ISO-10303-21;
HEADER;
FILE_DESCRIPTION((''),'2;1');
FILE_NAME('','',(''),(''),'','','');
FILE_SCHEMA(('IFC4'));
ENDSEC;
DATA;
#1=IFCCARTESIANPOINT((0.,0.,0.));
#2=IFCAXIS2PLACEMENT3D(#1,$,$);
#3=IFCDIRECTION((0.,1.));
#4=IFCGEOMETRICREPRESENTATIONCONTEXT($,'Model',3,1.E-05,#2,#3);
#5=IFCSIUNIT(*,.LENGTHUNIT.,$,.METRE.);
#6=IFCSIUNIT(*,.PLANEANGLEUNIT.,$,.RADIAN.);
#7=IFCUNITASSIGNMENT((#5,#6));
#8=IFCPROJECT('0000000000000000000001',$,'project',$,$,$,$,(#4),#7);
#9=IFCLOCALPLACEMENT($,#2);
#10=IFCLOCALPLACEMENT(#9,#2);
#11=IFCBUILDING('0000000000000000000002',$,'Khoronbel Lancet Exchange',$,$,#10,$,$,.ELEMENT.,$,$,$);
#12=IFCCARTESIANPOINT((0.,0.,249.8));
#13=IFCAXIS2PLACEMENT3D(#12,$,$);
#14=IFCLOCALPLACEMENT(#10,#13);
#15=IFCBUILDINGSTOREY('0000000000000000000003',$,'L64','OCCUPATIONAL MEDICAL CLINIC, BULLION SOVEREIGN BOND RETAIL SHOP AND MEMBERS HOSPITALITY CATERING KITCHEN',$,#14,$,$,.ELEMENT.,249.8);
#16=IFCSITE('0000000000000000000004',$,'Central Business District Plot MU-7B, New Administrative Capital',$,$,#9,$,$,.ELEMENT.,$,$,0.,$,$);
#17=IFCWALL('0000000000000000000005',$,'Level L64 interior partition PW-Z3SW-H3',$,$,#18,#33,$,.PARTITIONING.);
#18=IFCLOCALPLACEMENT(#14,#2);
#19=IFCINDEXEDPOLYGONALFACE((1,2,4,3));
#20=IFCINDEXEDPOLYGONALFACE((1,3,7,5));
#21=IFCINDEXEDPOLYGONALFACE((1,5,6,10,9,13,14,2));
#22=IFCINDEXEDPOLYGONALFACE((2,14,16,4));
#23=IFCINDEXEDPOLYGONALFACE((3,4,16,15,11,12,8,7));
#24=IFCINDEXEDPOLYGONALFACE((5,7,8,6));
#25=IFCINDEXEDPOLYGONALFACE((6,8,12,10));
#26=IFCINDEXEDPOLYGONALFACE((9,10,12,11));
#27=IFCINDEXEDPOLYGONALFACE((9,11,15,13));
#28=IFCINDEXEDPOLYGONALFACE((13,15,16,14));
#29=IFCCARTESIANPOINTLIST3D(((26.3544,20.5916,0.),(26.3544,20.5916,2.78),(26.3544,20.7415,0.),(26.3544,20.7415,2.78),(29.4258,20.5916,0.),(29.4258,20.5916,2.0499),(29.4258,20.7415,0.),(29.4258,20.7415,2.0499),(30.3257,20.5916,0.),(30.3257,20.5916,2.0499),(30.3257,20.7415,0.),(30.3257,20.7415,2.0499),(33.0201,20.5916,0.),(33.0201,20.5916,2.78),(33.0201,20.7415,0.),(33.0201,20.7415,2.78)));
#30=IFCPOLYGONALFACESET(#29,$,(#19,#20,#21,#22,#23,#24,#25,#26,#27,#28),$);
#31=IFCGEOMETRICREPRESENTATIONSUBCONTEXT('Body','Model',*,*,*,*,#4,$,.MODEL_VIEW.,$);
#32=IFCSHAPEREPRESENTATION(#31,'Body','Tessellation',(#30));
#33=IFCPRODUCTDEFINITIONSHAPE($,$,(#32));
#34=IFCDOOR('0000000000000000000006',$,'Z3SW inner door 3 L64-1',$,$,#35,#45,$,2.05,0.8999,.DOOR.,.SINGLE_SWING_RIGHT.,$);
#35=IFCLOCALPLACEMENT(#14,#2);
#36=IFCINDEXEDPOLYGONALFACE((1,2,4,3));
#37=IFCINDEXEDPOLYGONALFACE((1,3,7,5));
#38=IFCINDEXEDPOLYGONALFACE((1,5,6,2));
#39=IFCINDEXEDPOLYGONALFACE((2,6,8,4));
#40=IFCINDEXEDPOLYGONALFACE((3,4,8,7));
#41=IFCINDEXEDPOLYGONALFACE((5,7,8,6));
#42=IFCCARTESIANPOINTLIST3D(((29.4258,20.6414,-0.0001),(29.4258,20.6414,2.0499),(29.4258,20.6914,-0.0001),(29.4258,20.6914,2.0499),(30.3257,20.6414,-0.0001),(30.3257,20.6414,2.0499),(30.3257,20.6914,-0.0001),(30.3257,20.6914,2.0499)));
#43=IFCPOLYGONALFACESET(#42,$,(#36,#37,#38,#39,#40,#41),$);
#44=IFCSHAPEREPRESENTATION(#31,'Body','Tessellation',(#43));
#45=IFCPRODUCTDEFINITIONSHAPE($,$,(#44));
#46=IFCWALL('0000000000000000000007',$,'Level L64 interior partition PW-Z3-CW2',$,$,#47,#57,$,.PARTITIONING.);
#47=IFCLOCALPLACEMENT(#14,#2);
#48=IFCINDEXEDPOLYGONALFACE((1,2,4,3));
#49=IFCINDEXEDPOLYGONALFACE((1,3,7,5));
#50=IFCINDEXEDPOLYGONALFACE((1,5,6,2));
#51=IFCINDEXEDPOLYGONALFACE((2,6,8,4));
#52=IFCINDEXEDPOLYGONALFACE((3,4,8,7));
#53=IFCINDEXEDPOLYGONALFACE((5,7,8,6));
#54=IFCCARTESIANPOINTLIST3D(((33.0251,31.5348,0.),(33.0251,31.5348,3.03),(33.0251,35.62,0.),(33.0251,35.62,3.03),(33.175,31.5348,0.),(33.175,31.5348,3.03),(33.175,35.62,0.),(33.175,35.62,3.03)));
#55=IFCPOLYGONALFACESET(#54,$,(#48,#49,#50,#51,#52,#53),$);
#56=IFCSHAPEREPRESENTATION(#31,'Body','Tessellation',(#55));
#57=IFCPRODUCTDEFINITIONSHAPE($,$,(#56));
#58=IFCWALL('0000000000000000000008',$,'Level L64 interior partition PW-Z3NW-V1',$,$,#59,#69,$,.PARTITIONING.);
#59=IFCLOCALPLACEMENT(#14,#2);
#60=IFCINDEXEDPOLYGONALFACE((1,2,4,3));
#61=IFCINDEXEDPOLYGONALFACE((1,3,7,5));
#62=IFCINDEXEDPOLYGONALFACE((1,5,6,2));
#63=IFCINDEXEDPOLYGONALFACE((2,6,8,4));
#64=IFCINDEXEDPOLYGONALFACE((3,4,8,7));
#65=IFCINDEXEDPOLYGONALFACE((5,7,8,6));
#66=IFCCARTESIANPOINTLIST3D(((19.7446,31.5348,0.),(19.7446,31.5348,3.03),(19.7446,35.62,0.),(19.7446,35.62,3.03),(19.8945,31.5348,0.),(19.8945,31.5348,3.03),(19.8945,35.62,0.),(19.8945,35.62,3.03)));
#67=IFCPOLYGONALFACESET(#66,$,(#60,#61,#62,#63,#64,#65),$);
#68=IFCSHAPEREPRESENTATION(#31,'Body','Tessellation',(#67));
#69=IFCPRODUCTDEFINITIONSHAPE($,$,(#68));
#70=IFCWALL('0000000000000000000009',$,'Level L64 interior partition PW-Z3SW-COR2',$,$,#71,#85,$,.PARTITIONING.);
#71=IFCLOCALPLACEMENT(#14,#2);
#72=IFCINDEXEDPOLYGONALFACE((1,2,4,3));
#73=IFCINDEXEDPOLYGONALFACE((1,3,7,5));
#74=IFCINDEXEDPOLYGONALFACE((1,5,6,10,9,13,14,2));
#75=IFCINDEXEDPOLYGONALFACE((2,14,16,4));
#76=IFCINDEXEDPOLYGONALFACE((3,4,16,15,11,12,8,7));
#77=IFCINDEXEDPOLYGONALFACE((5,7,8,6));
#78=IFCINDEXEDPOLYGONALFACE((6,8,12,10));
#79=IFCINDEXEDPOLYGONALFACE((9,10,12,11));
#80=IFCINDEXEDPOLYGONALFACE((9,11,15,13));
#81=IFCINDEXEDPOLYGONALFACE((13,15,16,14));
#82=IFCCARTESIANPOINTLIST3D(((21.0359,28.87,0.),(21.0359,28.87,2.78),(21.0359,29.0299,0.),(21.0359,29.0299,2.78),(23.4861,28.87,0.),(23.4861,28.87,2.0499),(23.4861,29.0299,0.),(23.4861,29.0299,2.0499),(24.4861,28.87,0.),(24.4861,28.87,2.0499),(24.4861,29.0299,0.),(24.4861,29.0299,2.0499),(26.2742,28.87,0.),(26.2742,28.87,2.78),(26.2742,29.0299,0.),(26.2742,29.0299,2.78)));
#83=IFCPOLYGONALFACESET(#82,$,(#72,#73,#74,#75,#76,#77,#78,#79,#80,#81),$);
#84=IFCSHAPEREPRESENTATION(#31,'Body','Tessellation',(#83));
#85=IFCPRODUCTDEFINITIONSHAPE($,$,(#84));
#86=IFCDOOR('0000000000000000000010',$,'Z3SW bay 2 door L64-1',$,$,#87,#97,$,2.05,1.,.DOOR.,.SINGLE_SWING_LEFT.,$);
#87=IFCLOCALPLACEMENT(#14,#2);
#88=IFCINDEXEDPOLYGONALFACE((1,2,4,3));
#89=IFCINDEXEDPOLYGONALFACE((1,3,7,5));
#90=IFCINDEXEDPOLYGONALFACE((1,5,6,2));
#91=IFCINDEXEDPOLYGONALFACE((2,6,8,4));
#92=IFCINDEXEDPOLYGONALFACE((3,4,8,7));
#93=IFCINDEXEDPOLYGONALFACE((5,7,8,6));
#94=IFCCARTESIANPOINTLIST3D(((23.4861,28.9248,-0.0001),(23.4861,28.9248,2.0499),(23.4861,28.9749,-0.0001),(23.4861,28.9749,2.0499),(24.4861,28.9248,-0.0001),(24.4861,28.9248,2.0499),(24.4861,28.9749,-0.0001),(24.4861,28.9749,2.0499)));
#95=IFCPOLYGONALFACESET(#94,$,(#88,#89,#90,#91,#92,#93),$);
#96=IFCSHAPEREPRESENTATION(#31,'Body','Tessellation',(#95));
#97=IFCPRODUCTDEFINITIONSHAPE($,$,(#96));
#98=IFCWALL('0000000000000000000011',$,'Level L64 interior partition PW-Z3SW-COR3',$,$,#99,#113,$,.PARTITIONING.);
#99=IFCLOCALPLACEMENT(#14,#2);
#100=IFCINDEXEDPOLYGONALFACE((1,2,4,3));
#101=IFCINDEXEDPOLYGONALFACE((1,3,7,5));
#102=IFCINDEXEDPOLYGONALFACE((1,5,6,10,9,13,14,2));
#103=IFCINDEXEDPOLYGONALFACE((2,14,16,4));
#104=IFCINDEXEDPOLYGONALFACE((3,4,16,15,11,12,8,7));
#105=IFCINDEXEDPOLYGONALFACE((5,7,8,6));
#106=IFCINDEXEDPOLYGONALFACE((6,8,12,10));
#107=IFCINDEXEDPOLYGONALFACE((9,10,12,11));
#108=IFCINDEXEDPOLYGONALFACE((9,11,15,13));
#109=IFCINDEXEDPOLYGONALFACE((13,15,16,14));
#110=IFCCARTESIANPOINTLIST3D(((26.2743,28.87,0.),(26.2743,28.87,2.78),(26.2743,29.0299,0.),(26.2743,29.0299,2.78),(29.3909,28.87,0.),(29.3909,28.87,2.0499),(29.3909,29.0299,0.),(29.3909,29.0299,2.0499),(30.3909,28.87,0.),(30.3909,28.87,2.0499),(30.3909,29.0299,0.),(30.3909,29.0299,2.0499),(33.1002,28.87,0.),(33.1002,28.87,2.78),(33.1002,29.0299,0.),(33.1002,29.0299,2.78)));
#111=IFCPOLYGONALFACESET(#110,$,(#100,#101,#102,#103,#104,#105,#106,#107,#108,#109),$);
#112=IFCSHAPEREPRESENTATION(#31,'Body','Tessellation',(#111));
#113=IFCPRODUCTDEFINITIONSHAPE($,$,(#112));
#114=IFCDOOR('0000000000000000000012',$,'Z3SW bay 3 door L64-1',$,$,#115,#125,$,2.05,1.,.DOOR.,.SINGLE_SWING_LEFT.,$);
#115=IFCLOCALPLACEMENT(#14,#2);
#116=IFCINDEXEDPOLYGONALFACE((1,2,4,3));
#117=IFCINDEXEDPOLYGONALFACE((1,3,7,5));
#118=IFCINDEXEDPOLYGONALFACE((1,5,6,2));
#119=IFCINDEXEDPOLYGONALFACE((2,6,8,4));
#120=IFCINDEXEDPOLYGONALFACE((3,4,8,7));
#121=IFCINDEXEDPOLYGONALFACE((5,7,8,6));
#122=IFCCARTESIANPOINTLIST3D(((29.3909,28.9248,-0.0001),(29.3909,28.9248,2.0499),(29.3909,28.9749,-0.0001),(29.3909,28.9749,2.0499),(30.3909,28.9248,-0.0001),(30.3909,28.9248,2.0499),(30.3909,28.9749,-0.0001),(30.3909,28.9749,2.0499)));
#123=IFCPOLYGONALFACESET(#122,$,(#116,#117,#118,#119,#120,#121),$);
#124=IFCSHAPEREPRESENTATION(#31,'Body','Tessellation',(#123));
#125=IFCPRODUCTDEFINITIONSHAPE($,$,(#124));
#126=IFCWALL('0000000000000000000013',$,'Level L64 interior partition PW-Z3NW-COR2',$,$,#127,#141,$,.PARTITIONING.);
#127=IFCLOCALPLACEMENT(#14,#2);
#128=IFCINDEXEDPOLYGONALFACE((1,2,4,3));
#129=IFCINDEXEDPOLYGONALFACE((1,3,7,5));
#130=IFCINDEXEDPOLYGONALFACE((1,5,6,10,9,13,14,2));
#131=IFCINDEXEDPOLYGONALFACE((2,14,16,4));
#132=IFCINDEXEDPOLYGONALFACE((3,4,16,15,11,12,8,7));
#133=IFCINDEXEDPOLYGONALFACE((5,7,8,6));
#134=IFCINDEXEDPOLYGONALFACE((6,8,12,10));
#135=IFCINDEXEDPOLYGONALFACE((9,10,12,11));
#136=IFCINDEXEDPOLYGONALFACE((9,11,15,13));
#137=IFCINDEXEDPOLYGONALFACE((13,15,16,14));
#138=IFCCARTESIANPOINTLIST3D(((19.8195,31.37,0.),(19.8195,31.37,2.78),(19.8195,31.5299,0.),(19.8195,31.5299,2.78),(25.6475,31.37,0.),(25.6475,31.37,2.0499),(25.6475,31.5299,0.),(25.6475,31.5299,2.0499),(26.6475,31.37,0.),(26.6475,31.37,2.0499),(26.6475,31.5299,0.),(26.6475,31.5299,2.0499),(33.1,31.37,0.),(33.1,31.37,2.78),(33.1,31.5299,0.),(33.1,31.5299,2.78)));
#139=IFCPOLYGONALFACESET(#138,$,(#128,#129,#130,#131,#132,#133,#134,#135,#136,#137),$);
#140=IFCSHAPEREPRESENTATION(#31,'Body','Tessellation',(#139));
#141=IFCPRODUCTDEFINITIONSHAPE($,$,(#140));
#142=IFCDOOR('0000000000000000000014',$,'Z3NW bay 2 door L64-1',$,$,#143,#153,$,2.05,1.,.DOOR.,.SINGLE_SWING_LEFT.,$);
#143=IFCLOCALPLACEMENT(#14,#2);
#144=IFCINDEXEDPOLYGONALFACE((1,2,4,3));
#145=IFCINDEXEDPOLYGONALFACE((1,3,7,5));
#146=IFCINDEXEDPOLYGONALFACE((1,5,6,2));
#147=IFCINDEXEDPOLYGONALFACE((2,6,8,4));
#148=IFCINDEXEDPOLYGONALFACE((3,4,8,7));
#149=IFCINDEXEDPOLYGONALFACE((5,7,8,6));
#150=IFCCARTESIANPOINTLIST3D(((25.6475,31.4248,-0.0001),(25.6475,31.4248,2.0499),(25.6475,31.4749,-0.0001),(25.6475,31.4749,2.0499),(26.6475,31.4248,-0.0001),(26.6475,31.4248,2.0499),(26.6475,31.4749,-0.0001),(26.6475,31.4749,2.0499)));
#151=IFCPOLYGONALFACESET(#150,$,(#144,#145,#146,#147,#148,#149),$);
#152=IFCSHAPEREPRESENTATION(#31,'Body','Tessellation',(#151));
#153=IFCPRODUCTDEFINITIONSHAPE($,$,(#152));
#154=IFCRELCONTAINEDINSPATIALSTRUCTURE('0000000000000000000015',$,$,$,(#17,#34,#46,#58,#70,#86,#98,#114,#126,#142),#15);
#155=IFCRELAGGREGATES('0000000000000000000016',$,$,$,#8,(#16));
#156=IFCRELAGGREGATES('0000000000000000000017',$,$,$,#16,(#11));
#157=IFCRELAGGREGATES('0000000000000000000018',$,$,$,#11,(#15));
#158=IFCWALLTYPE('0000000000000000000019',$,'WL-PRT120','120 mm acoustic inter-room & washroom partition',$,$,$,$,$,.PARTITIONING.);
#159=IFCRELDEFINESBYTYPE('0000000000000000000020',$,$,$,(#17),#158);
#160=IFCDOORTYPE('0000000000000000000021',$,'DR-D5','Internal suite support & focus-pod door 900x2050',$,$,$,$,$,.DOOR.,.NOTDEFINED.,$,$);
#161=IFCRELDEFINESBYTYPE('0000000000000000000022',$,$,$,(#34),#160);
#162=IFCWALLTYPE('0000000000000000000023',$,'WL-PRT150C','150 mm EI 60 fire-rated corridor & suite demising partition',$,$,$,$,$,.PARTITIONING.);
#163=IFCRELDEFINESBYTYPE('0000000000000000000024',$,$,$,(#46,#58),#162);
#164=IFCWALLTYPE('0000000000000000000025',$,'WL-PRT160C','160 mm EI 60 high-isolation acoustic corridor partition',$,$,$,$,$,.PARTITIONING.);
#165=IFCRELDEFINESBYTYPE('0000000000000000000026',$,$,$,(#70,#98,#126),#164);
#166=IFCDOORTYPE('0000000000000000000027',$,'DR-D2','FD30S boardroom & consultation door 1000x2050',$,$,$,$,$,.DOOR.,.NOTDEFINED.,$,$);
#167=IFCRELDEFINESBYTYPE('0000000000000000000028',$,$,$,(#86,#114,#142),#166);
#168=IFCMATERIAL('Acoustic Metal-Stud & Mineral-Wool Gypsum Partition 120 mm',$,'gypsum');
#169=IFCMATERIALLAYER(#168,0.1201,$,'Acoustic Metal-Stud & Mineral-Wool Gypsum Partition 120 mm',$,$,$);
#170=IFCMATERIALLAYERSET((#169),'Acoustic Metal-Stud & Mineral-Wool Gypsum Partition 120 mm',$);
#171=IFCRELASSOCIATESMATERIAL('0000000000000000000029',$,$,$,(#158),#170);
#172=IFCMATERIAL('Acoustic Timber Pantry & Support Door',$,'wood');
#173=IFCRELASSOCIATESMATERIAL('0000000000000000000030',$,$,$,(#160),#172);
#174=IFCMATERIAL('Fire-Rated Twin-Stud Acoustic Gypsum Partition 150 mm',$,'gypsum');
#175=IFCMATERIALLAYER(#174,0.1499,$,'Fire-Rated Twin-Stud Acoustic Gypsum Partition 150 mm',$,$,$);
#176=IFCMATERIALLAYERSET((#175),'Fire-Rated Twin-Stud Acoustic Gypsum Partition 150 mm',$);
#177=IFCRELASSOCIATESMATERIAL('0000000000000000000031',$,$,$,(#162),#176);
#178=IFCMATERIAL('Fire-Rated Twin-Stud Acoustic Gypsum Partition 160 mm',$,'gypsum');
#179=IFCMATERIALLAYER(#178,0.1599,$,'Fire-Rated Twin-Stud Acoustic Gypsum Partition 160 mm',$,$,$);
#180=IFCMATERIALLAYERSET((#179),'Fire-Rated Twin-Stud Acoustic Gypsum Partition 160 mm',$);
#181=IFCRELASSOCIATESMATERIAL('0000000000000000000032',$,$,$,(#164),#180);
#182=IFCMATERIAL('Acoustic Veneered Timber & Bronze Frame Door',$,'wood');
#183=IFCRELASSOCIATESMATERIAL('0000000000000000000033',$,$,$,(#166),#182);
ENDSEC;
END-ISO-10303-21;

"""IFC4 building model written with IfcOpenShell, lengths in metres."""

from ifc_helpers import new_model, si_unit, direction, frame, frame_2d, origin, place, context, subcontext, project, spatial, rectangle, extrude, material, layer, layer_set, type_object, element, fill, save


model = new_model("IFC4")

# Units and contexts
model_context = context("Model", 3, precision=1e-05, world=origin(), true_north=direction((0.0, 1.0)))
body_context = subcontext(model_context, "Body", "Model", "MODEL_VIEW")
ifc_project = project(units=[si_unit("LENGTHUNIT", "METRE"), si_unit("PLANEANGLEUNIT", "RADIAN")], contexts=[model_context])

# Site, building, storey
site_placement = place(None, origin())
site = spatial("IfcSite", under=ifc_project, at=site_placement, Name="Central Business District Plot MU-7B, New Administrative Capital", CompositionType="ELEMENT", RefElevation=0.0)
building_placement = place(site_placement, origin())
building = spatial("IfcBuilding", under=site, at=building_placement, Name="Khoronbel Lancet Exchange", CompositionType="ELEMENT")
storey_placement = place(building_placement, frame((0.0, 0.0, 249.8)))
storey = spatial("IfcBuildingStorey", under=building, at=storey_placement, Name="L64", Description="OCCUPATIONAL MEDICAL CLINIC, BULLION SOVEREIGN BOND RETAIL SHOP AND MEMBERS HOSPITALITY CATERING KITCHEN", CompositionType="ELEMENT", Elevation=249.8)

# Wall, opening, door
ifc_material_1 = material(Name="Acoustic Metal-Stud & Mineral-Wool Gypsum Partition 120 mm", Category="gypsum")
ifc_layer_1 = layer(ifc_material_1, 0.1201, Name="Acoustic Metal-Stud & Mineral-Wool Gypsum Partition 120 mm")
ifc_layer_set_1 = layer_set([ifc_layer_1], Name="Acoustic Metal-Stud & Mineral-Wool Gypsum Partition 120 mm")
wall_type_1 = type_object("IfcWallType", Name="WL-PRT120", Description="120 mm acoustic inter-room & washroom partition", PredefinedType="PARTITIONING", material=ifc_layer_set_1)
ifc_material_2 = material(Name="Acoustic Timber Pantry & Support Door", Category="wood")
door_type_1 = type_object("IfcDoorType", Name="DR-D5", Description="Internal suite support & focus-pod door 900x2050", OperationType="NOTDEFINED", PredefinedType="DOOR", material=ifc_material_2)
wall_1_placement = place(storey_placement, frame((26.3542, 20.6665, 0.0), z_axis=(0.0, 0.0, 1.0), x_axis=(1.0, 0.0, 0.0)))
wall_1 = element("IfcWall", 1, at=wall_1_placement, inside=storey, type_object=wall_type_1, Name="Level L64 interior partition PW-Z3SW-H3", PredefinedType="PARTITIONING", context=body_context, shape_type="SweptSolid", body=[
    extrude(rectangle(XDim=6.6658, YDim=0.1499, at=frame_2d((3.333, 0.0))), origin(), (0.0, 0.0, 1.0), 2.78),
])
opening_1_placement = place(wall_1_placement, frame((3.0715, 0.0, 0.0)))
opening_1 = element("IfcOpeningElement", 2, at=opening_1_placement, cuts=wall_1, PredefinedType="OPENING", context=body_context, shape_type="SweptSolid", body=[
    extrude(rectangle(XDim=0.8999, YDim=2.05, at=frame_2d((0.45, 1.0249))), frame((0.0, 0.085, 0.0), z_axis=(0.0, -1.0, 0.0), x_axis=(1.0, 0.0, 0.0)), (0.0, 0.0, 1.0), 0.1699),
])
door_1_placement = place(opening_1_placement, origin())
door_1 = element("IfcDoor", 3, at=door_1_placement, inside=storey, type_object=door_type_1, Name="Z3SW inner door 3 L64-1", OperationType="SINGLE_SWING_RIGHT", OverallHeight=2.05, OverallWidth=0.8999, PredefinedType="DOOR", context=body_context, shape_type="SweptSolid", body=[
    extrude(rectangle(XDim=0.8999, YDim=2.05, at=frame_2d((0.45, 1.0249))), frame((0.0, 0.0249, 0.0), z_axis=(0.0, -1.0, 0.0), x_axis=(1.0, 0.0, 0.0)), (0.0, 0.0, 1.0), 0.05),
])
fill(opening_1, door_1)

# Walls
ifc_material_3 = material(Name="Fire-Rated Twin-Stud Acoustic Gypsum Partition 150 mm", Category="gypsum")
ifc_layer_2 = layer(ifc_material_3, 0.1499, Name="Fire-Rated Twin-Stud Acoustic Gypsum Partition 150 mm")
ifc_layer_set_2 = layer_set([ifc_layer_2], Name="Fire-Rated Twin-Stud Acoustic Gypsum Partition 150 mm")
wall_type_2 = type_object("IfcWallType", Name="WL-PRT150C", Description="150 mm EI 60 fire-rated corridor & suite demising partition", PredefinedType="PARTITIONING", material=ifc_layer_set_2)
for number, where, z_axis, x_axis, name in (
    (4, (33.1001, 31.5349, 0.0), (0.0, 0.0, 1.0), (0.0, 1.0, 0.0), "Level L64 interior partition PW-Z3-CW2"),
    (5, (19.8196, 31.5349, 0.0), (0.0, 0.0, 1.0), (0.0, 1.0, 0.0), "Level L64 interior partition PW-Z3NW-V1"),
):
    element("IfcWall", number, at=place(storey_placement, frame(where, z_axis=z_axis, x_axis=x_axis)), inside=storey, type_object=wall_type_2, Name=name, PredefinedType="PARTITIONING", context=body_context, shape_type="SweptSolid", body=[
        extrude(rectangle(XDim=4.0852, YDim=0.1499, at=frame_2d((2.0425, 0.0))), origin(), (0.0, 0.0, 1.0), 3.03),
    ])

# Walls, openings, doors
ifc_material_4 = material(Name="Fire-Rated Twin-Stud Acoustic Gypsum Partition 160 mm", Category="gypsum")
ifc_layer_3 = layer(ifc_material_4, 0.1599, Name="Fire-Rated Twin-Stud Acoustic Gypsum Partition 160 mm")
ifc_layer_set_3 = layer_set([ifc_layer_3], Name="Fire-Rated Twin-Stud Acoustic Gypsum Partition 160 mm")
wall_type_3 = type_object("IfcWallType", Name="WL-PRT160C", Description="160 mm EI 60 high-isolation acoustic corridor partition", PredefinedType="PARTITIONING", material=ifc_layer_set_3)
wall_2_placement = place(storey_placement, frame((21.0359, 28.95, 0.0), z_axis=(0.0, 0.0, 1.0), x_axis=(1.0, 0.0, 0.0)))
wall_2 = element("IfcWall", 6, at=wall_2_placement, inside=storey, type_object=wall_type_3, Name="Level L64 interior partition PW-Z3SW-COR2", PredefinedType="PARTITIONING", context=body_context, shape_type="SweptSolid", body=[
    extrude(rectangle(XDim=5.2383, YDim=0.1599, at=frame_2d((2.6191, 0.0))), origin(), (0.0, 0.0, 1.0), 2.78),
])
opening_2_placement = place(wall_2_placement, frame((2.4502, 0.0, 0.0)))
opening_2 = element("IfcOpeningElement", 7, at=opening_2_placement, cuts=wall_2, PredefinedType="OPENING", context=body_context, shape_type="SweptSolid", body=[
    extrude(rectangle(XDim=1.0, YDim=2.05, at=frame_2d((0.5, 1.0249))), frame((0.0, 0.0898, 0.0), z_axis=(0.0, -1.0, 0.0), x_axis=(1.0, 0.0, 0.0)), (0.0, 0.0, 1.0), 0.1799),
])
ifc_material_5 = material(Name="Acoustic Veneered Timber & Bronze Frame Door", Category="wood")
door_type_2 = type_object("IfcDoorType", Name="DR-D2", Description="FD30S boardroom & consultation door 1000x2050", OperationType="NOTDEFINED", PredefinedType="DOOR", material=ifc_material_5)
door_2_placement = place(opening_2_placement, origin())
door_2 = element("IfcDoor", 8, at=door_2_placement, inside=storey, type_object=door_type_2, Name="Z3SW bay 2 door L64-1", OperationType="SINGLE_SWING_LEFT", OverallHeight=2.05, OverallWidth=1.0, PredefinedType="DOOR", context=body_context, shape_type="SweptSolid", body=[
    extrude(rectangle(XDim=1.0, YDim=2.05, at=frame_2d((0.5, 1.0249))), frame((0.0, 0.0249, 0.0), z_axis=(0.0, -1.0, 0.0), x_axis=(1.0, 0.0, 0.0)), (0.0, 0.0, 1.0), 0.05),
])
fill(opening_2, door_2)
wall_3_placement = place(storey_placement, frame((26.2742, 28.95, 0.0), z_axis=(0.0, 0.0, 1.0), x_axis=(1.0, 0.0, 0.0)))
wall_3 = element("IfcWall", 9, at=wall_3_placement, inside=storey, type_object=wall_type_3, Name="Level L64 interior partition PW-Z3SW-COR3", PredefinedType="PARTITIONING", context=body_context, shape_type="SweptSolid", body=[
    extrude(rectangle(XDim=6.8259, YDim=0.1599, at=frame_2d((3.4131, 0.0))), origin(), (0.0, 0.0, 1.0), 2.78),
])
opening_3_placement = place(wall_3_placement, frame((3.1167, 0.0, 0.0)))
opening_3 = element("IfcOpeningElement", 10, at=opening_3_placement, cuts=wall_3, PredefinedType="OPENING", context=body_context, shape_type="SweptSolid", body=[
    extrude(rectangle(XDim=1.0, YDim=2.05, at=frame_2d((0.5, 1.0249))), frame((0.0, 0.0898, 0.0), z_axis=(0.0, -1.0, 0.0), x_axis=(1.0, 0.0, 0.0)), (0.0, 0.0, 1.0), 0.1799),
])
door_3_placement = place(opening_3_placement, origin())
door_3 = element("IfcDoor", 11, at=door_3_placement, inside=storey, type_object=door_type_2, Name="Z3SW bay 3 door L64-1", OperationType="SINGLE_SWING_LEFT", OverallHeight=2.05, OverallWidth=1.0, PredefinedType="DOOR", context=body_context, shape_type="SweptSolid", body=[
    extrude(rectangle(XDim=1.0, YDim=2.05, at=frame_2d((0.5, 1.0249))), frame((0.0, 0.0249, 0.0), z_axis=(0.0, -1.0, 0.0), x_axis=(1.0, 0.0, 0.0)), (0.0, 0.0, 1.0), 0.05),
])
fill(opening_3, door_3)
wall_4_placement = place(storey_placement, frame((19.8196, 31.45, 0.0), z_axis=(0.0, 0.0, 1.0), x_axis=(1.0, 0.0, 0.0)))
wall_4 = element("IfcWall", 12, at=wall_4_placement, inside=storey, type_object=wall_type_3, Name="Level L64 interior partition PW-Z3NW-COR2", PredefinedType="PARTITIONING", context=body_context, shape_type="SweptSolid", body=[
    extrude(rectangle(XDim=13.2805, YDim=0.1599, at=frame_2d((6.6401, 0.0))), origin(), (0.0, 0.0, 1.0), 2.78),
])
opening_4_placement = place(wall_4_placement, frame((5.8279, 0.0, 0.0)))
opening_4 = element("IfcOpeningElement", 13, at=opening_4_placement, cuts=wall_4, PredefinedType="OPENING", context=body_context, shape_type="SweptSolid", body=[
    extrude(rectangle(XDim=1.0, YDim=2.05, at=frame_2d((0.5, 1.0249))), frame((0.0, 0.0898, 0.0), z_axis=(0.0, -1.0, 0.0), x_axis=(1.0, 0.0, 0.0)), (0.0, 0.0, 1.0), 0.1799),
])
door_4_placement = place(opening_4_placement, origin())
door_4 = element("IfcDoor", 14, at=door_4_placement, inside=storey, type_object=door_type_2, Name="Z3NW bay 2 door L64-1", OperationType="SINGLE_SWING_LEFT", OverallHeight=2.05, OverallWidth=1.0, PredefinedType="DOOR", context=body_context, shape_type="SweptSolid", body=[
    extrude(rectangle(XDim=1.0, YDim=2.05, at=frame_2d((0.5, 1.0249))), frame((0.0, 0.0249, 0.0), z_axis=(0.0, -1.0, 0.0), x_axis=(1.0, 0.0, 0.0)), (0.0, 0.0, 1.0), 0.05),
])
fill(opening_4, door_4)

save(model, "model.ifc")
